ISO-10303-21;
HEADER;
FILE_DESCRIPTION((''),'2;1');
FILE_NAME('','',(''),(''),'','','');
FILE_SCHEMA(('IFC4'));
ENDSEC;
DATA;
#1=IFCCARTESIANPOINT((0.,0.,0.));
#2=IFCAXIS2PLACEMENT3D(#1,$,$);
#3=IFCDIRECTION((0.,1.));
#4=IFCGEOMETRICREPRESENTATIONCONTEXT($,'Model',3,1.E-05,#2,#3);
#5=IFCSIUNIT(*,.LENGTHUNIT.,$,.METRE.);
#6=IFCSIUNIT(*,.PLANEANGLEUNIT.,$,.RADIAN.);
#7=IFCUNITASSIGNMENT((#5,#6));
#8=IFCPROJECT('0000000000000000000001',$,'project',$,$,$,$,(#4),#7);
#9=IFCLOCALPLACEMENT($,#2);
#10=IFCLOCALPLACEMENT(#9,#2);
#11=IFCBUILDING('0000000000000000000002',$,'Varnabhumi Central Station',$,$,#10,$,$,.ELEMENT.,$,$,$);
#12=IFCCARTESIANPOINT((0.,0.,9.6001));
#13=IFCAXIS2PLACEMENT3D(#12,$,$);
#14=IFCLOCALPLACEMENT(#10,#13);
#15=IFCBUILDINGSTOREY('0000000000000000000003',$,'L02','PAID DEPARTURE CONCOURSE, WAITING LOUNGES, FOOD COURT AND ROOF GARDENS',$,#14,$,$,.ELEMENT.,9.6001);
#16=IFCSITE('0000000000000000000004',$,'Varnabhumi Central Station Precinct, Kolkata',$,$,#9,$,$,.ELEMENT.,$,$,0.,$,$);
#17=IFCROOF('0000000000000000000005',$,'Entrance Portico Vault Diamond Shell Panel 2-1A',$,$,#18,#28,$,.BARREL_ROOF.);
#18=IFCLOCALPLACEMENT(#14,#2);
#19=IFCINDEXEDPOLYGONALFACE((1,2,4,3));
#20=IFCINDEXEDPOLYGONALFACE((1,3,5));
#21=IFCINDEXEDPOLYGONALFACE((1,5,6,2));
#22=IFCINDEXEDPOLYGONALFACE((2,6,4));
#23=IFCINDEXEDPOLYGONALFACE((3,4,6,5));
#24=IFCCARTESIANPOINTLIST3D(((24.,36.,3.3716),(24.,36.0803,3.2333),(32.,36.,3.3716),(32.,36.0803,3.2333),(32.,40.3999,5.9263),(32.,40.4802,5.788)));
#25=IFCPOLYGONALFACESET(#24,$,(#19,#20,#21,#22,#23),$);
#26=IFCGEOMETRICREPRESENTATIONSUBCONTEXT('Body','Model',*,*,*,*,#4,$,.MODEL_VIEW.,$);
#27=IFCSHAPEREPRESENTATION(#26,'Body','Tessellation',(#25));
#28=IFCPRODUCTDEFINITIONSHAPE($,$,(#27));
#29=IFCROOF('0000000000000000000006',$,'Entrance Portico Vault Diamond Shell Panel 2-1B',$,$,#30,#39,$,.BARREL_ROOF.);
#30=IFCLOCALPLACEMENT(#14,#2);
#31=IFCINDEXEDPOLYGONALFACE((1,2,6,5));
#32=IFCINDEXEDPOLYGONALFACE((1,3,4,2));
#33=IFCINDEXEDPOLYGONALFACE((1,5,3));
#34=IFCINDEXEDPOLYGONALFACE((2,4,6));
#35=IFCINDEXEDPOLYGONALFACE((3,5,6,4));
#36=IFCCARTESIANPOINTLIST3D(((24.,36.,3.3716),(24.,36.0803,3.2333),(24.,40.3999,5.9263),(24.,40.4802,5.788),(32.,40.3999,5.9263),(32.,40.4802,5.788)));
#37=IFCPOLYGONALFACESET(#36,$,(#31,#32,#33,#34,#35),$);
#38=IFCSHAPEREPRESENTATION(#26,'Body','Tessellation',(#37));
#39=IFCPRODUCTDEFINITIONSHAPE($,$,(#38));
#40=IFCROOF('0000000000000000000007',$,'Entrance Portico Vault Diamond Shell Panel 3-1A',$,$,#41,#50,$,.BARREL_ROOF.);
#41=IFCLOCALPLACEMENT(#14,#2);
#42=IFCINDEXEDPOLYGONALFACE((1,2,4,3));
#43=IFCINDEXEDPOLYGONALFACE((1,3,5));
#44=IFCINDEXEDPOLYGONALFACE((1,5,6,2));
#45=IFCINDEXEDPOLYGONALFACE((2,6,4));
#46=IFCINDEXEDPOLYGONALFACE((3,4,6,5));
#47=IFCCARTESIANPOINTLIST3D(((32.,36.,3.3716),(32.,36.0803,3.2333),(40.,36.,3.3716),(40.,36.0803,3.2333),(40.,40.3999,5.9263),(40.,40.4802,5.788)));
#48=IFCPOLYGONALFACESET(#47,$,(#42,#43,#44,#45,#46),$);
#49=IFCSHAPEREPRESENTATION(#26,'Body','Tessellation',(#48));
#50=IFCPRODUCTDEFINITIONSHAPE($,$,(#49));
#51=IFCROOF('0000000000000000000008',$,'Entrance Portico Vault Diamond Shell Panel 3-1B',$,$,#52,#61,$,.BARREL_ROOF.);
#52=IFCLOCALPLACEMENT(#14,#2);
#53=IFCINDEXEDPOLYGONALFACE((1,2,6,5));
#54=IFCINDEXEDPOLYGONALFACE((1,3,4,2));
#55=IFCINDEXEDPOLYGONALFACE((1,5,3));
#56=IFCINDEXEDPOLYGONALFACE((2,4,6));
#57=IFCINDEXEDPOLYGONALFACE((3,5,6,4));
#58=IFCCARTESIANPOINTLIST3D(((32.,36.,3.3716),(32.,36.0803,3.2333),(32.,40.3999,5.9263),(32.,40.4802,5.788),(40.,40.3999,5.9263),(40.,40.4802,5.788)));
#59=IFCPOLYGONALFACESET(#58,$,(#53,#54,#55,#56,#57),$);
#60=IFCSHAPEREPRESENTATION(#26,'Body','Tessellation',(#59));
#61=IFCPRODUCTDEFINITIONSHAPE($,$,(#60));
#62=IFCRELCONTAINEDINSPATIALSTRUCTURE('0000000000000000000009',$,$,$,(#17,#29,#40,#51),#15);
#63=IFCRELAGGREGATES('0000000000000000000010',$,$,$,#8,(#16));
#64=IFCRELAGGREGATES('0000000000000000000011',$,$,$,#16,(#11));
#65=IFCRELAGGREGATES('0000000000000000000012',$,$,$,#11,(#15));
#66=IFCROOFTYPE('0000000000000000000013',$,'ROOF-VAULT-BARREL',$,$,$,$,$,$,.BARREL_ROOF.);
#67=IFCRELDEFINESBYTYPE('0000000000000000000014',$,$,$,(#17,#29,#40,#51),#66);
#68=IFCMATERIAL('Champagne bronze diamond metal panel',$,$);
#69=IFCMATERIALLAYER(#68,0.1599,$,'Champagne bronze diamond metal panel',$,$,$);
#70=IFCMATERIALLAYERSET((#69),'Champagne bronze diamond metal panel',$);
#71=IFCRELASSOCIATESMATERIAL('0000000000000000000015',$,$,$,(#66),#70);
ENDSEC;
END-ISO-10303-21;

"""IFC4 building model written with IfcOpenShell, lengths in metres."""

from ifc_helpers import new_model, si_unit, direction, frame, origin, place, context, subcontext, project, spatial, polyline, outline, extrude, material, layer, layer_set, type_object, element, save


model = new_model("IFC4")

# Units and contexts
model_context = context("Model", 3, precision=1e-05, world=origin(), true_north=direction((0.0, 1.0)))
body_context = subcontext(model_context, "Body", "Model", "MODEL_VIEW")
ifc_project = project(units=[si_unit("LENGTHUNIT", "METRE"), si_unit("PLANEANGLEUNIT", "RADIAN")], contexts=[model_context])

# Site, building, storey
site_placement = place(None, origin())
site = spatial("IfcSite", under=ifc_project, at=site_placement, Name="Varnabhumi Central Station Precinct, Kolkata", CompositionType="ELEMENT", RefElevation=0.0)
building_placement = place(site_placement, origin())
building = spatial("IfcBuilding", under=site, at=building_placement, Name="Varnabhumi Central Station", CompositionType="ELEMENT")
storey_placement = place(building_placement, frame((0.0, 0.0, 9.6001)))
storey = spatial("IfcBuildingStorey", under=building, at=storey_placement, Name="L02", Description="PAID DEPARTURE CONCOURSE, WAITING LOUNGES, FOOD COURT AND ROOF GARDENS", CompositionType="ELEMENT", Elevation=9.6001)

# Roofs
ifc_material_1 = material(Name="Champagne bronze diamond metal panel")
ifc_layer_1 = layer(ifc_material_1, 0.1599, Name="Champagne bronze diamond metal panel")
ifc_layer_set_1 = layer_set([ifc_layer_1], Name="Champagne bronze diamond metal panel")
roof_type = type_object("IfcRoofType", Name="ROOF-VAULT-BARREL", PredefinedType="BARREL_ROOF", material=ifc_layer_set_1)
roof_1_placement = place(storey_placement, frame((24.0, 36.0, 3.3716), z_axis=(0.0, -0.502122, 0.864797), x_axis=(1.0, 0.0, 0.0)))
element("IfcRoof", 1, at=roof_1_placement, inside=storey, type_object=roof_type, Name="Entrance Portico Vault Diamond Shell Panel 2-1A", PredefinedType="BARREL_ROOF", context=body_context, shape_type="SweptSolid", body=[
    extrude(outline(polyline([(0.0, 0.0), (8.0, 0.0), (8.0, 5.0878), (0.0, 0.0)])), origin(), (0.0, 0.0, -1.0), 0.1599),
])
roof_2_placement = place(storey_placement, frame((24.0, 36.0, 3.3716), z_axis=(0.0, -0.502122, 0.864797), x_axis=(0.843811, 0.464086, 0.269459)))
element("IfcRoof", 2, at=roof_2_placement, inside=storey, type_object=roof_type, Name="Entrance Portico Vault Diamond Shell Panel 2-1B", PredefinedType="BARREL_ROOF", context=body_context, shape_type="SweptSolid", body=[
    extrude(outline(polyline([(0.0, 0.0), (9.4808, 0.0), (2.7303, 4.2931), (0.0, 0.0)])), origin(), (0.0, 0.0, -1.0), 0.1599),
])
roof_3_placement = place(storey_placement, frame((32.0, 36.0, 3.3716), z_axis=(0.0, -0.502122, 0.864797), x_axis=(1.0, 0.0, 0.0)))
element("IfcRoof", 3, at=roof_3_placement, inside=storey, type_object=roof_type, Name="Entrance Portico Vault Diamond Shell Panel 3-1A", PredefinedType="BARREL_ROOF", context=body_context, shape_type="SweptSolid", body=[
    extrude(outline(polyline([(0.0, 0.0), (8.0, 0.0), (8.0, 5.0878), (0.0, 0.0)])), origin(), (0.0, 0.0, -1.0), 0.1599),
])
roof_4_placement = place(storey_placement, frame((32.0, 36.0, 3.3716), z_axis=(0.0, -0.502122, 0.864797), x_axis=(0.843811, 0.464086, 0.269459)))
element("IfcRoof", 4, at=roof_4_placement, inside=storey, type_object=roof_type, Name="Entrance Portico Vault Diamond Shell Panel 3-1B", PredefinedType="BARREL_ROOF", context=body_context, shape_type="SweptSolid", body=[
    extrude(outline(polyline([(0.0, 0.0), (9.4808, 0.0), (2.7303, 4.2931), (0.0, 0.0)])), origin(), (0.0, 0.0, -1.0), 0.1599),
])

save(model, "model.ifc")
